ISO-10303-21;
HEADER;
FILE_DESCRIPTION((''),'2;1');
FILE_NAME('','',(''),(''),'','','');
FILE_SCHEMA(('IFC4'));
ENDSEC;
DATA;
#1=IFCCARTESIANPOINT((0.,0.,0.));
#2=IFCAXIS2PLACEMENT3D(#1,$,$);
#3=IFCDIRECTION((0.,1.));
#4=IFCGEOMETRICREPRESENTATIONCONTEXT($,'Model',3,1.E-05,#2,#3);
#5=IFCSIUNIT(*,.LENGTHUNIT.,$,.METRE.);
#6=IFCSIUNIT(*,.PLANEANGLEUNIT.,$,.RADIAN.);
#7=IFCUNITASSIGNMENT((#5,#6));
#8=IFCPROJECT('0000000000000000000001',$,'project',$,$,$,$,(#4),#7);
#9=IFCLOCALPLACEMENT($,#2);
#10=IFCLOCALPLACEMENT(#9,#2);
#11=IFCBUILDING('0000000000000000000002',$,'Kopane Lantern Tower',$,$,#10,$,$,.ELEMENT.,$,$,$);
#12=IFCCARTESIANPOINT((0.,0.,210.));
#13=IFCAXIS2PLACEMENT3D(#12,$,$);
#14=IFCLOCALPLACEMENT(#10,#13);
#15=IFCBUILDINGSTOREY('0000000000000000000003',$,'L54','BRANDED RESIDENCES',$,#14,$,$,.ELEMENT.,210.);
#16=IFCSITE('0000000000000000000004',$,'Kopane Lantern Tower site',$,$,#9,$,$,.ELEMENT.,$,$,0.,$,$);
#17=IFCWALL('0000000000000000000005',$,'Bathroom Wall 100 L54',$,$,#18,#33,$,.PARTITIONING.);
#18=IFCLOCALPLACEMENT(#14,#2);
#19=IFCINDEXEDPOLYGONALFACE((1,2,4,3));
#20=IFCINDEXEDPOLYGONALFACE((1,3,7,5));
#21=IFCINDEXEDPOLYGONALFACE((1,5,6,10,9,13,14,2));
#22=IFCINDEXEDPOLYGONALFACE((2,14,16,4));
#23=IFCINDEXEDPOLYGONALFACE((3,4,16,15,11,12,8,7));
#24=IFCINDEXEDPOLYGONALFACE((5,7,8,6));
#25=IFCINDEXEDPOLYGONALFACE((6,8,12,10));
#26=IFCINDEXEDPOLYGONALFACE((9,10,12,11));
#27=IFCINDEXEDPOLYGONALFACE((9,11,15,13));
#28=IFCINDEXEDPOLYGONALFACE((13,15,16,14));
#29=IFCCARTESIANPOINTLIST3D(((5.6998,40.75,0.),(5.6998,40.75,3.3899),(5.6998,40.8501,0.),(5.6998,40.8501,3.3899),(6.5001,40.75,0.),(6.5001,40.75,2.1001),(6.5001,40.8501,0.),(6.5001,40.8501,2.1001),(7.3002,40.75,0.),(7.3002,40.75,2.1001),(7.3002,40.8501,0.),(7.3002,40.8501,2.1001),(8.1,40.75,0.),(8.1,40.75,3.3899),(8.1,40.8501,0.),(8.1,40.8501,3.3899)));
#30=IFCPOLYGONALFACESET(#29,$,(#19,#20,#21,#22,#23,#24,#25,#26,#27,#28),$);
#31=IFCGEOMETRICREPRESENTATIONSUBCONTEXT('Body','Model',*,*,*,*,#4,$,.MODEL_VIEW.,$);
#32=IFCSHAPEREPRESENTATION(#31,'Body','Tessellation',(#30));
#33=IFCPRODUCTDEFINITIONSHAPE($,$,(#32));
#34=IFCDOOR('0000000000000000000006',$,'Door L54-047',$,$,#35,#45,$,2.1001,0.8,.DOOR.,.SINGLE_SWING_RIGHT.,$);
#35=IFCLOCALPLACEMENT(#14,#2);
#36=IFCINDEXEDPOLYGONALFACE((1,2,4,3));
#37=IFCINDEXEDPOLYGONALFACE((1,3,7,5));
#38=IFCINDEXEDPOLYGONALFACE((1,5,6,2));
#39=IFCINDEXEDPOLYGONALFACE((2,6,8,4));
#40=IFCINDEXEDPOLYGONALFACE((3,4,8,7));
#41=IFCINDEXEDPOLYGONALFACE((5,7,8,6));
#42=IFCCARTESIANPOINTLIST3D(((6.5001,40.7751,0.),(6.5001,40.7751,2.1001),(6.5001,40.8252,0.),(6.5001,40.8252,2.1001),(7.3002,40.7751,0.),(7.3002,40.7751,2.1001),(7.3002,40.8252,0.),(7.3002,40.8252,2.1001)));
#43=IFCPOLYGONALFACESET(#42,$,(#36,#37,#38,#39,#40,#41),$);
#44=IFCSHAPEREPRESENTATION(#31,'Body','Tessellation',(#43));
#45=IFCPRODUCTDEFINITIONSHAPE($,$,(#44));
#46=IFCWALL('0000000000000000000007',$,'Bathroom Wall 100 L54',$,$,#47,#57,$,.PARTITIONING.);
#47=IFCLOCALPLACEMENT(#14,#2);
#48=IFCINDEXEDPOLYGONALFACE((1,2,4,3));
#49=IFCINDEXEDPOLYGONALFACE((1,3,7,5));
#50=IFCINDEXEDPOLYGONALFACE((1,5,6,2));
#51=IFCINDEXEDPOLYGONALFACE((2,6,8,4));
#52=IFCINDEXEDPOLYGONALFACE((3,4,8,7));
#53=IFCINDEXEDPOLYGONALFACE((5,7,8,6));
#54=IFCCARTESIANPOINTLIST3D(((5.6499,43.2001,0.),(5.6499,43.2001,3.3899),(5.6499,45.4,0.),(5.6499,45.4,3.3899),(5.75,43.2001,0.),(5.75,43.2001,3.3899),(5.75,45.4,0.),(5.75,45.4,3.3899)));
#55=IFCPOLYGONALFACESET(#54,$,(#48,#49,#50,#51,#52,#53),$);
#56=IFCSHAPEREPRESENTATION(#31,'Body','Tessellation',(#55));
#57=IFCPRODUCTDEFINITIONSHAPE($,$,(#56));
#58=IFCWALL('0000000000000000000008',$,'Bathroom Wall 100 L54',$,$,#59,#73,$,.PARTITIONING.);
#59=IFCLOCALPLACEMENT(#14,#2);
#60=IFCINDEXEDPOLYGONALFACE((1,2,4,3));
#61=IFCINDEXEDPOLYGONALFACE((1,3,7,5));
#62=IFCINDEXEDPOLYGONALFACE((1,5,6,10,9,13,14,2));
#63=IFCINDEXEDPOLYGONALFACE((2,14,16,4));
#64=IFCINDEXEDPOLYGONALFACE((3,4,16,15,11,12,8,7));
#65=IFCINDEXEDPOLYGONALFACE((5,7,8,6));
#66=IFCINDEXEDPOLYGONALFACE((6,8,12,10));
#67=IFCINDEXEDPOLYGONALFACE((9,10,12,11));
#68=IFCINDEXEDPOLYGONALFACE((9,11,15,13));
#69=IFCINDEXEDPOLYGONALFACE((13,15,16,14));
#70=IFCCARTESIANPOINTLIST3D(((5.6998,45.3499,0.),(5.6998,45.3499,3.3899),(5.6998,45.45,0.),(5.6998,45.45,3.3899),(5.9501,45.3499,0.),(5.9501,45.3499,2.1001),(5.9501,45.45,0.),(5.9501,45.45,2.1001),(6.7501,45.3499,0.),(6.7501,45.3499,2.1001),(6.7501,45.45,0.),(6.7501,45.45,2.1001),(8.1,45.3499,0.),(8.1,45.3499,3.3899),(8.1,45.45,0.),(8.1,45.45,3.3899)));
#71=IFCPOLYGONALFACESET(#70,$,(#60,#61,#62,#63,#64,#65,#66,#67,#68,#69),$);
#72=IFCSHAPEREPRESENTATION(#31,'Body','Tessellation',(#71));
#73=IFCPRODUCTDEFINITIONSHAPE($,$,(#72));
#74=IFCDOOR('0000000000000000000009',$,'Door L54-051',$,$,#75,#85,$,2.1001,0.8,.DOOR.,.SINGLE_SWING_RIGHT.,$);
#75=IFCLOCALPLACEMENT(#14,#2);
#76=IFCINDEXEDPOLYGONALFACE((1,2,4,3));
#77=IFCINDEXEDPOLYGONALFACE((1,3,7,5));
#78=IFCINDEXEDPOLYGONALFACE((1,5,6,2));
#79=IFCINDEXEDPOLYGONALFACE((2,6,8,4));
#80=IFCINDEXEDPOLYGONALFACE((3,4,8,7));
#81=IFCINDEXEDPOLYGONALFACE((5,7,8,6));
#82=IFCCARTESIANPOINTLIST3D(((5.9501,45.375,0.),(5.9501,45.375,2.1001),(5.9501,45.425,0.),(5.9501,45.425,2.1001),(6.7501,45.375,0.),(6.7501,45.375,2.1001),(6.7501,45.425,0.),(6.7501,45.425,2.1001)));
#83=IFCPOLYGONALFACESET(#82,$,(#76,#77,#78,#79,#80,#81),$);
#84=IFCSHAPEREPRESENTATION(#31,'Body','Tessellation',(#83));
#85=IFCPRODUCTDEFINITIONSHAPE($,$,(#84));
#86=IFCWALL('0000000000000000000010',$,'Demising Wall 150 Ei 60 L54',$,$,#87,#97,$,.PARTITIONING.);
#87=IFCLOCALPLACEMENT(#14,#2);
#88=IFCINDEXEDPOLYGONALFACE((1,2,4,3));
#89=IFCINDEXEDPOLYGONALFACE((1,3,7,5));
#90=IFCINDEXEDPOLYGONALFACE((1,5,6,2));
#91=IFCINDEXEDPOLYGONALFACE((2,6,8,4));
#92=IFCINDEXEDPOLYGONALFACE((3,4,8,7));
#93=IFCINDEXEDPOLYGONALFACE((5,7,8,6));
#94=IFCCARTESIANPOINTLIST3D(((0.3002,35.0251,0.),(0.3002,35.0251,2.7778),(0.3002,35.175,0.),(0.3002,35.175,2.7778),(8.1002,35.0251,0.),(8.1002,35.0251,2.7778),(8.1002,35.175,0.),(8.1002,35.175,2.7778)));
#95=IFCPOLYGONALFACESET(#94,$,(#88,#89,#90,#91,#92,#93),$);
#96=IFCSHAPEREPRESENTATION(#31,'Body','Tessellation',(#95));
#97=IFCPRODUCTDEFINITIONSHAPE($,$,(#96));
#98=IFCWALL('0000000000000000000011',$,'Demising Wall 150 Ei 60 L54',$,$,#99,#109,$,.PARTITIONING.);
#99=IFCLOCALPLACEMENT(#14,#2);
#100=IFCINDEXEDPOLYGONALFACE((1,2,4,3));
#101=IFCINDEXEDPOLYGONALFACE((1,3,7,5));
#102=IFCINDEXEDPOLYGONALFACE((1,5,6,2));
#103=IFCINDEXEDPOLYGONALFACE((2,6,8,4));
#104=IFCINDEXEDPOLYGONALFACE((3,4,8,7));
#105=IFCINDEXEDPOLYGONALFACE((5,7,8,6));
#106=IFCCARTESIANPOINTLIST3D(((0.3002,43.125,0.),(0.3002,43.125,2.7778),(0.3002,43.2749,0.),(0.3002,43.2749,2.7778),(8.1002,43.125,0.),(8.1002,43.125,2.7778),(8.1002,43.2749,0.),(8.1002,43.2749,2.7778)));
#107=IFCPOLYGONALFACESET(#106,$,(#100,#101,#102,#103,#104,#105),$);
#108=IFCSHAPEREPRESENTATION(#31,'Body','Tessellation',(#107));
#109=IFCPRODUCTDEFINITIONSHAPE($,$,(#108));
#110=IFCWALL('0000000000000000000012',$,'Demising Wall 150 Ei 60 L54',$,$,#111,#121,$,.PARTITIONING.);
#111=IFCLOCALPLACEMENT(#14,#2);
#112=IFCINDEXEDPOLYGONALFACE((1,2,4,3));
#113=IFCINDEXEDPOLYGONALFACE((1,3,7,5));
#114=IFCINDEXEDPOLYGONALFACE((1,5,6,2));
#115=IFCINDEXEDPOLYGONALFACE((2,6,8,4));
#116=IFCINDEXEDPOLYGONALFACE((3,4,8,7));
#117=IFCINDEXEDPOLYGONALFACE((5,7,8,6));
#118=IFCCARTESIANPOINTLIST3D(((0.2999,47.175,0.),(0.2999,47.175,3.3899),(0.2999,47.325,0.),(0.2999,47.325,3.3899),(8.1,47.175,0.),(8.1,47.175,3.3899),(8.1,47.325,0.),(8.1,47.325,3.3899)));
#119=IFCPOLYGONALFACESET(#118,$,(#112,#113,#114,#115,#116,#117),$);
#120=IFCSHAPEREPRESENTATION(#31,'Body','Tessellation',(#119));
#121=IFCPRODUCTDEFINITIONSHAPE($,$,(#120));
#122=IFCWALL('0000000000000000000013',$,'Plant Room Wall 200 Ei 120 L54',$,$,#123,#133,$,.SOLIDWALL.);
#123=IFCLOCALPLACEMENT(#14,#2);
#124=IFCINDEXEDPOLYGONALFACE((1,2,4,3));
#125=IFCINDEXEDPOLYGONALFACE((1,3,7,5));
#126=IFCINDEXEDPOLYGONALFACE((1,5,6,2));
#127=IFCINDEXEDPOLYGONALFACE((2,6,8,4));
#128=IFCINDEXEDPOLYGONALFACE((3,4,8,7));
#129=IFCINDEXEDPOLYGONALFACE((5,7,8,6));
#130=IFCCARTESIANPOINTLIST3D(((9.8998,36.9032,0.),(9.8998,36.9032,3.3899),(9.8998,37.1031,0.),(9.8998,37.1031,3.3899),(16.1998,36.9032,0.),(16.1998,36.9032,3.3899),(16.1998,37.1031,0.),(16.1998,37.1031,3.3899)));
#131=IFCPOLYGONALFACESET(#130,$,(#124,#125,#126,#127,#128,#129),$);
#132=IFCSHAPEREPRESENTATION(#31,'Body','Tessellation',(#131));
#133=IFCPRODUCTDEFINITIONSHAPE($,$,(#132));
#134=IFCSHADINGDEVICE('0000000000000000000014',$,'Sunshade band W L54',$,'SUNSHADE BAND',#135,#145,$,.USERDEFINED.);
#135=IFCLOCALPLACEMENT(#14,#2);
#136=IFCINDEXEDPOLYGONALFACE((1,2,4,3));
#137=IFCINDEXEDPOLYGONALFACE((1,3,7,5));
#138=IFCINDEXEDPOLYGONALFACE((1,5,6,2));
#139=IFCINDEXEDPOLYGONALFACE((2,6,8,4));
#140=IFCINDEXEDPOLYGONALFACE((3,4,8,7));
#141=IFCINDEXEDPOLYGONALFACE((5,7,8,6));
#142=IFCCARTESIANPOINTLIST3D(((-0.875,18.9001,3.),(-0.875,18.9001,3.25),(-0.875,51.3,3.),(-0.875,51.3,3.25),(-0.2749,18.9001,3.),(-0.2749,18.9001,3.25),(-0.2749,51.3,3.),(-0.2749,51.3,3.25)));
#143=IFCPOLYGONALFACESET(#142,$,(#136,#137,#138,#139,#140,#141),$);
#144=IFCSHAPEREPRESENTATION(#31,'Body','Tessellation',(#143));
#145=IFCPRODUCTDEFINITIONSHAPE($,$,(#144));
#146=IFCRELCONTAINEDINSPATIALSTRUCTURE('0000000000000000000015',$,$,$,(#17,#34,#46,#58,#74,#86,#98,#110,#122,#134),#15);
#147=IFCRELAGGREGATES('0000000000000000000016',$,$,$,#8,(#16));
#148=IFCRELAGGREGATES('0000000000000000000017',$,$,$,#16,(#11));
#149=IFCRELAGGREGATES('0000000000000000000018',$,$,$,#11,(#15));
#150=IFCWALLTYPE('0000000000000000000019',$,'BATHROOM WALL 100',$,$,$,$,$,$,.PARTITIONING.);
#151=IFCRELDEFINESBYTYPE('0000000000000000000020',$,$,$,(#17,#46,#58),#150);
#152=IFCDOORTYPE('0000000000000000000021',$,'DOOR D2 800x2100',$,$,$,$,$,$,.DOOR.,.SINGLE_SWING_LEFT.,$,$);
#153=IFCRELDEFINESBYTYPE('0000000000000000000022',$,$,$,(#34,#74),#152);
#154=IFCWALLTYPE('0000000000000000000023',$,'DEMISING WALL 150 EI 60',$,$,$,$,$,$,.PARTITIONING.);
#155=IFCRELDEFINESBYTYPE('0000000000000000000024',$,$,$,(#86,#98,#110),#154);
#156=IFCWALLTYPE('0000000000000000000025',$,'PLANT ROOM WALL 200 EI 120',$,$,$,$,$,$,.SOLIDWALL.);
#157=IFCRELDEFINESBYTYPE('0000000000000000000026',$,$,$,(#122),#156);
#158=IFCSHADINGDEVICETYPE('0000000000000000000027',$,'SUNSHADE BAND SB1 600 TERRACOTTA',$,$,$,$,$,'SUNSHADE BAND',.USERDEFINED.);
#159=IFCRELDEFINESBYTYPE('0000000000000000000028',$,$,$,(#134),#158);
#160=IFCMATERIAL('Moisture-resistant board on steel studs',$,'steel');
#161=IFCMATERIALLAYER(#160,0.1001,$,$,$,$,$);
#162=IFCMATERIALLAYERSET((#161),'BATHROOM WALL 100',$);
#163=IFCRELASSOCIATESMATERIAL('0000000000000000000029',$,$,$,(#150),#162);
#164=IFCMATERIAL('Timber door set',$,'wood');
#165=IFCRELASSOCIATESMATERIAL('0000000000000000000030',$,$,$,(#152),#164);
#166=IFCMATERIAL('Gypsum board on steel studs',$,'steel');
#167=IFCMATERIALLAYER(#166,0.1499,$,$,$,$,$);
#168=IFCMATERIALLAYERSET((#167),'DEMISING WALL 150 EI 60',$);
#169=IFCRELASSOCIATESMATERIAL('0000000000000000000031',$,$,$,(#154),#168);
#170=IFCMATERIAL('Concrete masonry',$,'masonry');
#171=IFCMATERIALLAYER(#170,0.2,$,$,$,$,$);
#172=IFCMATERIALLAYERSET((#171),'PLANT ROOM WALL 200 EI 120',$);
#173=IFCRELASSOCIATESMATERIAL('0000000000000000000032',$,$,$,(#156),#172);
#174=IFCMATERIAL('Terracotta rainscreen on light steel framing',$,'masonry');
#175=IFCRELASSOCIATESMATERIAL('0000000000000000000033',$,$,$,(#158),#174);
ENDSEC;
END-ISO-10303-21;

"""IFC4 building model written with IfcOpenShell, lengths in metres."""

from ifc_helpers import new_model, si_unit, direction, frame, frame_2d, origin, origin_2d, place, context, subcontext, project, spatial, rectangle, extrude, material, layer, layer_set, type_object, element, fill, save


model = new_model("IFC4")

# Units and contexts
model_context = context("Model", 3, precision=1e-05, world=origin(), true_north=direction((0.0, 1.0)))
body_context = subcontext(model_context, "Body", "Model", "MODEL_VIEW")
ifc_project = project(units=[si_unit("LENGTHUNIT", "METRE"), si_unit("PLANEANGLEUNIT", "RADIAN")], contexts=[model_context])

# Site, building, storey
site_placement = place(None, origin())
site = spatial("IfcSite", under=ifc_project, at=site_placement, Name="Kopane Lantern Tower site", CompositionType="ELEMENT", RefElevation=0.0)
building_placement = place(site_placement, origin())
building = spatial("IfcBuilding", under=site, at=building_placement, Name="Kopane Lantern Tower", CompositionType="ELEMENT")
storey_placement = place(building_placement, frame((0.0, 0.0, 210.0)))
storey = spatial("IfcBuildingStorey", under=building, at=storey_placement, Name="L54", Description="BRANDED RESIDENCES", CompositionType="ELEMENT", Elevation=210.0)

# Wall, opening, door
ifc_material_1 = material(Name="Moisture-resistant board on steel studs", Category="steel")
ifc_layer_1 = layer(ifc_material_1, 0.1001)
ifc_layer_set_1 = layer_set([ifc_layer_1], Name="BATHROOM WALL 100")
wall_type_1 = type_object("IfcWallType", Name="BATHROOM WALL 100", PredefinedType="PARTITIONING", material=ifc_layer_set_1)
ifc_material_2 = material(Name="Timber door set", Category="wood")
door_type = type_object("IfcDoorType", Name="DOOR D2 800x2100", OperationType="SINGLE_SWING_LEFT", PredefinedType="DOOR", material=ifc_material_2)
wall_1_placement = place(storey_placement, frame((8.1001, 40.8, 0.0), z_axis=(0.0, 0.0, 1.0), x_axis=(-1.0, 0.0, 0.0)))
wall_1 = element("IfcWall", 1, at=wall_1_placement, inside=storey, type_object=wall_type_1, Name="Bathroom Wall 100 L54", PredefinedType="PARTITIONING", context=body_context, shape_type="SweptSolid", body=[
    extrude(rectangle(XDim=2.4001, YDim=0.1001, at=frame_2d((1.2002, 0.0))), origin(), (0.0, 0.0, 1.0), 3.3899),
])
opening_1_placement = place(wall_1_placement, frame((0.8, 0.0, 0.0)))
opening_1 = element("IfcOpeningElement", 2, at=opening_1_placement, cuts=wall_1, PredefinedType="OPENING", context=body_context, shape_type="SweptSolid", body=[
    extrude(rectangle(XDim=0.8, YDim=2.1001, at=frame_2d((0.3999, 1.05))), frame((0.0, 0.0601, 0.0), z_axis=(0.0, -1.0, 0.0), x_axis=(1.0, 0.0, 0.0)), (0.0, 0.0, 1.0), 0.1201),
])
door_1_placement = place(opening_1_placement, origin())
door_1 = element("IfcDoor", 3, at=door_1_placement, inside=storey, type_object=door_type, Name="Door L54-047", OperationType="SINGLE_SWING_RIGHT", OverallHeight=2.1001, OverallWidth=0.8, PredefinedType="DOOR", context=body_context, shape_type="SweptSolid", body=[
    extrude(rectangle(XDim=0.8, YDim=2.1001, at=frame_2d((0.3999, 1.05))), frame((0.0, 0.0249, 0.0), z_axis=(0.0, -1.0, 0.0), x_axis=(1.0, 0.0, 0.0)), (0.0, 0.0, 1.0), 0.05),
])
fill(opening_1, door_1)

# Wall
wall_2_placement = place(storey_placement, frame((5.7, 43.2, 0.0), z_axis=(0.0, 0.0, 1.0), x_axis=(0.0, 1.0, 0.0)))
element("IfcWall", 4, at=wall_2_placement, inside=storey, type_object=wall_type_1, Name="Bathroom Wall 100 L54", PredefinedType="PARTITIONING", context=body_context, shape_type="SweptSolid", body=[
    extrude(rectangle(XDim=2.2, YDim=0.1001, at=frame_2d((1.1001, 0.0))), origin(), (0.0, 0.0, 1.0), 3.3899),
])

# Wall, opening, door
wall_3_placement = place(storey_placement, frame((8.1001, 45.3999, 0.0), z_axis=(0.0, 0.0, 1.0), x_axis=(-1.0, 0.0, 0.0)))
wall_3 = element("IfcWall", 5, at=wall_3_placement, inside=storey, type_object=wall_type_1, Name="Bathroom Wall 100 L54", PredefinedType="PARTITIONING", context=body_context, shape_type="SweptSolid", body=[
    extrude(rectangle(XDim=2.4001, YDim=0.1001, at=frame_2d((1.2002, 0.0))), origin(), (0.0, 0.0, 1.0), 3.3899),
])
opening_2_placement = place(wall_3_placement, frame((1.3501, 0.0, 0.0)))
opening_2 = element("IfcOpeningElement", 6, at=opening_2_placement, cuts=wall_3, PredefinedType="OPENING", context=body_context, shape_type="SweptSolid", body=[
    extrude(rectangle(XDim=0.8, YDim=2.1001, at=frame_2d((0.3999, 1.05))), frame((0.0, 0.0601, 0.0), z_axis=(0.0, -1.0, 0.0), x_axis=(1.0, 0.0, 0.0)), (0.0, 0.0, 1.0), 0.1201),
])
door_2_placement = place(opening_2_placement, origin())
door_2 = element("IfcDoor", 7, at=door_2_placement, inside=storey, type_object=door_type, Name="Door L54-051", OperationType="SINGLE_SWING_RIGHT", OverallHeight=2.1001, OverallWidth=0.8, PredefinedType="DOOR", context=body_context, shape_type="SweptSolid", body=[
    extrude(rectangle(XDim=0.8, YDim=2.1001, at=frame_2d((0.3999, 1.05))), frame((0.0, 0.0249, 0.0), z_axis=(0.0, -1.0, 0.0), x_axis=(1.0, 0.0, 0.0)), (0.0, 0.0, 1.0), 0.05),
])
fill(opening_2, door_2)

# Walls
ifc_material_3 = material(Name="Gypsum board on steel studs", Category="steel")
ifc_layer_2 = layer(ifc_material_3, 0.1499)
ifc_layer_set_2 = layer_set([ifc_layer_2], Name="DEMISING WALL 150 EI 60")
wall_type_2 = type_object("IfcWallType", Name="DEMISING WALL 150 EI 60", PredefinedType="PARTITIONING", material=ifc_layer_set_2)
for number, where, z_axis, x_axis, name in (
    (8, (8.1001, 35.1001, 0.0), (0.0, 0.0, 1.0), (-1.0, 0.0, 0.0), "Demising Wall 150 Ei 60 L54"),
    (9, (8.1001, 43.2, 0.0), (0.0, 0.0, 1.0), (-1.0, 0.0, 0.0), "Demising Wall 150 Ei 60 L54"),
):
    element("IfcWall", number, at=place(storey_placement, frame(where, z_axis=z_axis, x_axis=x_axis)), inside=storey, type_object=wall_type_2, Name=name, PredefinedType="PARTITIONING", context=body_context, shape_type="SweptSolid", body=[
        extrude(rectangle(XDim=7.8, YDim=0.1499, at=frame_2d((3.8999, 0.0))), origin(), (0.0, 0.0, 1.0), 2.7778),
    ])
wall_4_placement = place(storey_placement, frame((0.3, 47.25, 0.0), z_axis=(0.0, 0.0, 1.0), x_axis=(1.0, 0.0, 0.0)))
element("IfcWall", 10, at=wall_4_placement, inside=storey, type_object=wall_type_2, Name="Demising Wall 150 Ei 60 L54", PredefinedType="PARTITIONING", context=body_context, shape_type="SweptSolid", body=[
    extrude(rectangle(XDim=7.8, YDim=0.1499, at=frame_2d((3.8999, 0.0))), origin(), (0.0, 0.0, 1.0), 3.3899),
])
ifc_material_4 = material(Name="Concrete masonry", Category="masonry")
ifc_layer_3 = layer(ifc_material_4, 0.2)
ifc_layer_set_3 = layer_set([ifc_layer_3], Name="PLANT ROOM WALL 200 EI 120")
wall_type_3 = type_object("IfcWallType", Name="PLANT ROOM WALL 200 EI 120", PredefinedType="SOLIDWALL", material=ifc_layer_set_3)
wall_5_placement = place(storey_placement, frame((9.8999, 37.0032, 0.0), z_axis=(0.0, 0.0, 1.0), x_axis=(1.0, 0.0, 0.0)))
element("IfcWall", 11, at=wall_5_placement, inside=storey, type_object=wall_type_3, Name="Plant Room Wall 200 Ei 120 L54", PredefinedType="SOLIDWALL", context=body_context, shape_type="SweptSolid", body=[
    extrude(rectangle(XDim=6.3, YDim=0.2, at=frame_2d((3.1499, 0.0))), origin(), (0.0, 0.0, 1.0), 3.3899),
])

# Shading device
ifc_material_5 = material(Name="Terracotta rainscreen on light steel framing", Category="masonry")
shading_device_type = type_object("IfcShadingDeviceType", Name="SUNSHADE BAND SB1 600 TERRACOTTA", ElementType="SUNSHADE BAND", PredefinedType="USERDEFINED", material=ifc_material_5)
shading_device_placement = place(storey_placement, frame((-0.575, 35.1001, 3.0), z_axis=(0.0, 0.0, 1.0), x_axis=(0.0, -1.0, 0.0)))
element("IfcShadingDevice", 12, at=shading_device_placement, inside=storey, type_object=shading_device_type, Name="Sunshade band W L54", ObjectType="SUNSHADE BAND", PredefinedType="USERDEFINED", context=body_context, shape_type="SweptSolid", body=[
    extrude(rectangle(XDim=32.3999, YDim=0.6001, at=origin_2d()), origin(), (0.0, 0.0, 1.0), 0.25),
])

save(model, "model.ifc")
